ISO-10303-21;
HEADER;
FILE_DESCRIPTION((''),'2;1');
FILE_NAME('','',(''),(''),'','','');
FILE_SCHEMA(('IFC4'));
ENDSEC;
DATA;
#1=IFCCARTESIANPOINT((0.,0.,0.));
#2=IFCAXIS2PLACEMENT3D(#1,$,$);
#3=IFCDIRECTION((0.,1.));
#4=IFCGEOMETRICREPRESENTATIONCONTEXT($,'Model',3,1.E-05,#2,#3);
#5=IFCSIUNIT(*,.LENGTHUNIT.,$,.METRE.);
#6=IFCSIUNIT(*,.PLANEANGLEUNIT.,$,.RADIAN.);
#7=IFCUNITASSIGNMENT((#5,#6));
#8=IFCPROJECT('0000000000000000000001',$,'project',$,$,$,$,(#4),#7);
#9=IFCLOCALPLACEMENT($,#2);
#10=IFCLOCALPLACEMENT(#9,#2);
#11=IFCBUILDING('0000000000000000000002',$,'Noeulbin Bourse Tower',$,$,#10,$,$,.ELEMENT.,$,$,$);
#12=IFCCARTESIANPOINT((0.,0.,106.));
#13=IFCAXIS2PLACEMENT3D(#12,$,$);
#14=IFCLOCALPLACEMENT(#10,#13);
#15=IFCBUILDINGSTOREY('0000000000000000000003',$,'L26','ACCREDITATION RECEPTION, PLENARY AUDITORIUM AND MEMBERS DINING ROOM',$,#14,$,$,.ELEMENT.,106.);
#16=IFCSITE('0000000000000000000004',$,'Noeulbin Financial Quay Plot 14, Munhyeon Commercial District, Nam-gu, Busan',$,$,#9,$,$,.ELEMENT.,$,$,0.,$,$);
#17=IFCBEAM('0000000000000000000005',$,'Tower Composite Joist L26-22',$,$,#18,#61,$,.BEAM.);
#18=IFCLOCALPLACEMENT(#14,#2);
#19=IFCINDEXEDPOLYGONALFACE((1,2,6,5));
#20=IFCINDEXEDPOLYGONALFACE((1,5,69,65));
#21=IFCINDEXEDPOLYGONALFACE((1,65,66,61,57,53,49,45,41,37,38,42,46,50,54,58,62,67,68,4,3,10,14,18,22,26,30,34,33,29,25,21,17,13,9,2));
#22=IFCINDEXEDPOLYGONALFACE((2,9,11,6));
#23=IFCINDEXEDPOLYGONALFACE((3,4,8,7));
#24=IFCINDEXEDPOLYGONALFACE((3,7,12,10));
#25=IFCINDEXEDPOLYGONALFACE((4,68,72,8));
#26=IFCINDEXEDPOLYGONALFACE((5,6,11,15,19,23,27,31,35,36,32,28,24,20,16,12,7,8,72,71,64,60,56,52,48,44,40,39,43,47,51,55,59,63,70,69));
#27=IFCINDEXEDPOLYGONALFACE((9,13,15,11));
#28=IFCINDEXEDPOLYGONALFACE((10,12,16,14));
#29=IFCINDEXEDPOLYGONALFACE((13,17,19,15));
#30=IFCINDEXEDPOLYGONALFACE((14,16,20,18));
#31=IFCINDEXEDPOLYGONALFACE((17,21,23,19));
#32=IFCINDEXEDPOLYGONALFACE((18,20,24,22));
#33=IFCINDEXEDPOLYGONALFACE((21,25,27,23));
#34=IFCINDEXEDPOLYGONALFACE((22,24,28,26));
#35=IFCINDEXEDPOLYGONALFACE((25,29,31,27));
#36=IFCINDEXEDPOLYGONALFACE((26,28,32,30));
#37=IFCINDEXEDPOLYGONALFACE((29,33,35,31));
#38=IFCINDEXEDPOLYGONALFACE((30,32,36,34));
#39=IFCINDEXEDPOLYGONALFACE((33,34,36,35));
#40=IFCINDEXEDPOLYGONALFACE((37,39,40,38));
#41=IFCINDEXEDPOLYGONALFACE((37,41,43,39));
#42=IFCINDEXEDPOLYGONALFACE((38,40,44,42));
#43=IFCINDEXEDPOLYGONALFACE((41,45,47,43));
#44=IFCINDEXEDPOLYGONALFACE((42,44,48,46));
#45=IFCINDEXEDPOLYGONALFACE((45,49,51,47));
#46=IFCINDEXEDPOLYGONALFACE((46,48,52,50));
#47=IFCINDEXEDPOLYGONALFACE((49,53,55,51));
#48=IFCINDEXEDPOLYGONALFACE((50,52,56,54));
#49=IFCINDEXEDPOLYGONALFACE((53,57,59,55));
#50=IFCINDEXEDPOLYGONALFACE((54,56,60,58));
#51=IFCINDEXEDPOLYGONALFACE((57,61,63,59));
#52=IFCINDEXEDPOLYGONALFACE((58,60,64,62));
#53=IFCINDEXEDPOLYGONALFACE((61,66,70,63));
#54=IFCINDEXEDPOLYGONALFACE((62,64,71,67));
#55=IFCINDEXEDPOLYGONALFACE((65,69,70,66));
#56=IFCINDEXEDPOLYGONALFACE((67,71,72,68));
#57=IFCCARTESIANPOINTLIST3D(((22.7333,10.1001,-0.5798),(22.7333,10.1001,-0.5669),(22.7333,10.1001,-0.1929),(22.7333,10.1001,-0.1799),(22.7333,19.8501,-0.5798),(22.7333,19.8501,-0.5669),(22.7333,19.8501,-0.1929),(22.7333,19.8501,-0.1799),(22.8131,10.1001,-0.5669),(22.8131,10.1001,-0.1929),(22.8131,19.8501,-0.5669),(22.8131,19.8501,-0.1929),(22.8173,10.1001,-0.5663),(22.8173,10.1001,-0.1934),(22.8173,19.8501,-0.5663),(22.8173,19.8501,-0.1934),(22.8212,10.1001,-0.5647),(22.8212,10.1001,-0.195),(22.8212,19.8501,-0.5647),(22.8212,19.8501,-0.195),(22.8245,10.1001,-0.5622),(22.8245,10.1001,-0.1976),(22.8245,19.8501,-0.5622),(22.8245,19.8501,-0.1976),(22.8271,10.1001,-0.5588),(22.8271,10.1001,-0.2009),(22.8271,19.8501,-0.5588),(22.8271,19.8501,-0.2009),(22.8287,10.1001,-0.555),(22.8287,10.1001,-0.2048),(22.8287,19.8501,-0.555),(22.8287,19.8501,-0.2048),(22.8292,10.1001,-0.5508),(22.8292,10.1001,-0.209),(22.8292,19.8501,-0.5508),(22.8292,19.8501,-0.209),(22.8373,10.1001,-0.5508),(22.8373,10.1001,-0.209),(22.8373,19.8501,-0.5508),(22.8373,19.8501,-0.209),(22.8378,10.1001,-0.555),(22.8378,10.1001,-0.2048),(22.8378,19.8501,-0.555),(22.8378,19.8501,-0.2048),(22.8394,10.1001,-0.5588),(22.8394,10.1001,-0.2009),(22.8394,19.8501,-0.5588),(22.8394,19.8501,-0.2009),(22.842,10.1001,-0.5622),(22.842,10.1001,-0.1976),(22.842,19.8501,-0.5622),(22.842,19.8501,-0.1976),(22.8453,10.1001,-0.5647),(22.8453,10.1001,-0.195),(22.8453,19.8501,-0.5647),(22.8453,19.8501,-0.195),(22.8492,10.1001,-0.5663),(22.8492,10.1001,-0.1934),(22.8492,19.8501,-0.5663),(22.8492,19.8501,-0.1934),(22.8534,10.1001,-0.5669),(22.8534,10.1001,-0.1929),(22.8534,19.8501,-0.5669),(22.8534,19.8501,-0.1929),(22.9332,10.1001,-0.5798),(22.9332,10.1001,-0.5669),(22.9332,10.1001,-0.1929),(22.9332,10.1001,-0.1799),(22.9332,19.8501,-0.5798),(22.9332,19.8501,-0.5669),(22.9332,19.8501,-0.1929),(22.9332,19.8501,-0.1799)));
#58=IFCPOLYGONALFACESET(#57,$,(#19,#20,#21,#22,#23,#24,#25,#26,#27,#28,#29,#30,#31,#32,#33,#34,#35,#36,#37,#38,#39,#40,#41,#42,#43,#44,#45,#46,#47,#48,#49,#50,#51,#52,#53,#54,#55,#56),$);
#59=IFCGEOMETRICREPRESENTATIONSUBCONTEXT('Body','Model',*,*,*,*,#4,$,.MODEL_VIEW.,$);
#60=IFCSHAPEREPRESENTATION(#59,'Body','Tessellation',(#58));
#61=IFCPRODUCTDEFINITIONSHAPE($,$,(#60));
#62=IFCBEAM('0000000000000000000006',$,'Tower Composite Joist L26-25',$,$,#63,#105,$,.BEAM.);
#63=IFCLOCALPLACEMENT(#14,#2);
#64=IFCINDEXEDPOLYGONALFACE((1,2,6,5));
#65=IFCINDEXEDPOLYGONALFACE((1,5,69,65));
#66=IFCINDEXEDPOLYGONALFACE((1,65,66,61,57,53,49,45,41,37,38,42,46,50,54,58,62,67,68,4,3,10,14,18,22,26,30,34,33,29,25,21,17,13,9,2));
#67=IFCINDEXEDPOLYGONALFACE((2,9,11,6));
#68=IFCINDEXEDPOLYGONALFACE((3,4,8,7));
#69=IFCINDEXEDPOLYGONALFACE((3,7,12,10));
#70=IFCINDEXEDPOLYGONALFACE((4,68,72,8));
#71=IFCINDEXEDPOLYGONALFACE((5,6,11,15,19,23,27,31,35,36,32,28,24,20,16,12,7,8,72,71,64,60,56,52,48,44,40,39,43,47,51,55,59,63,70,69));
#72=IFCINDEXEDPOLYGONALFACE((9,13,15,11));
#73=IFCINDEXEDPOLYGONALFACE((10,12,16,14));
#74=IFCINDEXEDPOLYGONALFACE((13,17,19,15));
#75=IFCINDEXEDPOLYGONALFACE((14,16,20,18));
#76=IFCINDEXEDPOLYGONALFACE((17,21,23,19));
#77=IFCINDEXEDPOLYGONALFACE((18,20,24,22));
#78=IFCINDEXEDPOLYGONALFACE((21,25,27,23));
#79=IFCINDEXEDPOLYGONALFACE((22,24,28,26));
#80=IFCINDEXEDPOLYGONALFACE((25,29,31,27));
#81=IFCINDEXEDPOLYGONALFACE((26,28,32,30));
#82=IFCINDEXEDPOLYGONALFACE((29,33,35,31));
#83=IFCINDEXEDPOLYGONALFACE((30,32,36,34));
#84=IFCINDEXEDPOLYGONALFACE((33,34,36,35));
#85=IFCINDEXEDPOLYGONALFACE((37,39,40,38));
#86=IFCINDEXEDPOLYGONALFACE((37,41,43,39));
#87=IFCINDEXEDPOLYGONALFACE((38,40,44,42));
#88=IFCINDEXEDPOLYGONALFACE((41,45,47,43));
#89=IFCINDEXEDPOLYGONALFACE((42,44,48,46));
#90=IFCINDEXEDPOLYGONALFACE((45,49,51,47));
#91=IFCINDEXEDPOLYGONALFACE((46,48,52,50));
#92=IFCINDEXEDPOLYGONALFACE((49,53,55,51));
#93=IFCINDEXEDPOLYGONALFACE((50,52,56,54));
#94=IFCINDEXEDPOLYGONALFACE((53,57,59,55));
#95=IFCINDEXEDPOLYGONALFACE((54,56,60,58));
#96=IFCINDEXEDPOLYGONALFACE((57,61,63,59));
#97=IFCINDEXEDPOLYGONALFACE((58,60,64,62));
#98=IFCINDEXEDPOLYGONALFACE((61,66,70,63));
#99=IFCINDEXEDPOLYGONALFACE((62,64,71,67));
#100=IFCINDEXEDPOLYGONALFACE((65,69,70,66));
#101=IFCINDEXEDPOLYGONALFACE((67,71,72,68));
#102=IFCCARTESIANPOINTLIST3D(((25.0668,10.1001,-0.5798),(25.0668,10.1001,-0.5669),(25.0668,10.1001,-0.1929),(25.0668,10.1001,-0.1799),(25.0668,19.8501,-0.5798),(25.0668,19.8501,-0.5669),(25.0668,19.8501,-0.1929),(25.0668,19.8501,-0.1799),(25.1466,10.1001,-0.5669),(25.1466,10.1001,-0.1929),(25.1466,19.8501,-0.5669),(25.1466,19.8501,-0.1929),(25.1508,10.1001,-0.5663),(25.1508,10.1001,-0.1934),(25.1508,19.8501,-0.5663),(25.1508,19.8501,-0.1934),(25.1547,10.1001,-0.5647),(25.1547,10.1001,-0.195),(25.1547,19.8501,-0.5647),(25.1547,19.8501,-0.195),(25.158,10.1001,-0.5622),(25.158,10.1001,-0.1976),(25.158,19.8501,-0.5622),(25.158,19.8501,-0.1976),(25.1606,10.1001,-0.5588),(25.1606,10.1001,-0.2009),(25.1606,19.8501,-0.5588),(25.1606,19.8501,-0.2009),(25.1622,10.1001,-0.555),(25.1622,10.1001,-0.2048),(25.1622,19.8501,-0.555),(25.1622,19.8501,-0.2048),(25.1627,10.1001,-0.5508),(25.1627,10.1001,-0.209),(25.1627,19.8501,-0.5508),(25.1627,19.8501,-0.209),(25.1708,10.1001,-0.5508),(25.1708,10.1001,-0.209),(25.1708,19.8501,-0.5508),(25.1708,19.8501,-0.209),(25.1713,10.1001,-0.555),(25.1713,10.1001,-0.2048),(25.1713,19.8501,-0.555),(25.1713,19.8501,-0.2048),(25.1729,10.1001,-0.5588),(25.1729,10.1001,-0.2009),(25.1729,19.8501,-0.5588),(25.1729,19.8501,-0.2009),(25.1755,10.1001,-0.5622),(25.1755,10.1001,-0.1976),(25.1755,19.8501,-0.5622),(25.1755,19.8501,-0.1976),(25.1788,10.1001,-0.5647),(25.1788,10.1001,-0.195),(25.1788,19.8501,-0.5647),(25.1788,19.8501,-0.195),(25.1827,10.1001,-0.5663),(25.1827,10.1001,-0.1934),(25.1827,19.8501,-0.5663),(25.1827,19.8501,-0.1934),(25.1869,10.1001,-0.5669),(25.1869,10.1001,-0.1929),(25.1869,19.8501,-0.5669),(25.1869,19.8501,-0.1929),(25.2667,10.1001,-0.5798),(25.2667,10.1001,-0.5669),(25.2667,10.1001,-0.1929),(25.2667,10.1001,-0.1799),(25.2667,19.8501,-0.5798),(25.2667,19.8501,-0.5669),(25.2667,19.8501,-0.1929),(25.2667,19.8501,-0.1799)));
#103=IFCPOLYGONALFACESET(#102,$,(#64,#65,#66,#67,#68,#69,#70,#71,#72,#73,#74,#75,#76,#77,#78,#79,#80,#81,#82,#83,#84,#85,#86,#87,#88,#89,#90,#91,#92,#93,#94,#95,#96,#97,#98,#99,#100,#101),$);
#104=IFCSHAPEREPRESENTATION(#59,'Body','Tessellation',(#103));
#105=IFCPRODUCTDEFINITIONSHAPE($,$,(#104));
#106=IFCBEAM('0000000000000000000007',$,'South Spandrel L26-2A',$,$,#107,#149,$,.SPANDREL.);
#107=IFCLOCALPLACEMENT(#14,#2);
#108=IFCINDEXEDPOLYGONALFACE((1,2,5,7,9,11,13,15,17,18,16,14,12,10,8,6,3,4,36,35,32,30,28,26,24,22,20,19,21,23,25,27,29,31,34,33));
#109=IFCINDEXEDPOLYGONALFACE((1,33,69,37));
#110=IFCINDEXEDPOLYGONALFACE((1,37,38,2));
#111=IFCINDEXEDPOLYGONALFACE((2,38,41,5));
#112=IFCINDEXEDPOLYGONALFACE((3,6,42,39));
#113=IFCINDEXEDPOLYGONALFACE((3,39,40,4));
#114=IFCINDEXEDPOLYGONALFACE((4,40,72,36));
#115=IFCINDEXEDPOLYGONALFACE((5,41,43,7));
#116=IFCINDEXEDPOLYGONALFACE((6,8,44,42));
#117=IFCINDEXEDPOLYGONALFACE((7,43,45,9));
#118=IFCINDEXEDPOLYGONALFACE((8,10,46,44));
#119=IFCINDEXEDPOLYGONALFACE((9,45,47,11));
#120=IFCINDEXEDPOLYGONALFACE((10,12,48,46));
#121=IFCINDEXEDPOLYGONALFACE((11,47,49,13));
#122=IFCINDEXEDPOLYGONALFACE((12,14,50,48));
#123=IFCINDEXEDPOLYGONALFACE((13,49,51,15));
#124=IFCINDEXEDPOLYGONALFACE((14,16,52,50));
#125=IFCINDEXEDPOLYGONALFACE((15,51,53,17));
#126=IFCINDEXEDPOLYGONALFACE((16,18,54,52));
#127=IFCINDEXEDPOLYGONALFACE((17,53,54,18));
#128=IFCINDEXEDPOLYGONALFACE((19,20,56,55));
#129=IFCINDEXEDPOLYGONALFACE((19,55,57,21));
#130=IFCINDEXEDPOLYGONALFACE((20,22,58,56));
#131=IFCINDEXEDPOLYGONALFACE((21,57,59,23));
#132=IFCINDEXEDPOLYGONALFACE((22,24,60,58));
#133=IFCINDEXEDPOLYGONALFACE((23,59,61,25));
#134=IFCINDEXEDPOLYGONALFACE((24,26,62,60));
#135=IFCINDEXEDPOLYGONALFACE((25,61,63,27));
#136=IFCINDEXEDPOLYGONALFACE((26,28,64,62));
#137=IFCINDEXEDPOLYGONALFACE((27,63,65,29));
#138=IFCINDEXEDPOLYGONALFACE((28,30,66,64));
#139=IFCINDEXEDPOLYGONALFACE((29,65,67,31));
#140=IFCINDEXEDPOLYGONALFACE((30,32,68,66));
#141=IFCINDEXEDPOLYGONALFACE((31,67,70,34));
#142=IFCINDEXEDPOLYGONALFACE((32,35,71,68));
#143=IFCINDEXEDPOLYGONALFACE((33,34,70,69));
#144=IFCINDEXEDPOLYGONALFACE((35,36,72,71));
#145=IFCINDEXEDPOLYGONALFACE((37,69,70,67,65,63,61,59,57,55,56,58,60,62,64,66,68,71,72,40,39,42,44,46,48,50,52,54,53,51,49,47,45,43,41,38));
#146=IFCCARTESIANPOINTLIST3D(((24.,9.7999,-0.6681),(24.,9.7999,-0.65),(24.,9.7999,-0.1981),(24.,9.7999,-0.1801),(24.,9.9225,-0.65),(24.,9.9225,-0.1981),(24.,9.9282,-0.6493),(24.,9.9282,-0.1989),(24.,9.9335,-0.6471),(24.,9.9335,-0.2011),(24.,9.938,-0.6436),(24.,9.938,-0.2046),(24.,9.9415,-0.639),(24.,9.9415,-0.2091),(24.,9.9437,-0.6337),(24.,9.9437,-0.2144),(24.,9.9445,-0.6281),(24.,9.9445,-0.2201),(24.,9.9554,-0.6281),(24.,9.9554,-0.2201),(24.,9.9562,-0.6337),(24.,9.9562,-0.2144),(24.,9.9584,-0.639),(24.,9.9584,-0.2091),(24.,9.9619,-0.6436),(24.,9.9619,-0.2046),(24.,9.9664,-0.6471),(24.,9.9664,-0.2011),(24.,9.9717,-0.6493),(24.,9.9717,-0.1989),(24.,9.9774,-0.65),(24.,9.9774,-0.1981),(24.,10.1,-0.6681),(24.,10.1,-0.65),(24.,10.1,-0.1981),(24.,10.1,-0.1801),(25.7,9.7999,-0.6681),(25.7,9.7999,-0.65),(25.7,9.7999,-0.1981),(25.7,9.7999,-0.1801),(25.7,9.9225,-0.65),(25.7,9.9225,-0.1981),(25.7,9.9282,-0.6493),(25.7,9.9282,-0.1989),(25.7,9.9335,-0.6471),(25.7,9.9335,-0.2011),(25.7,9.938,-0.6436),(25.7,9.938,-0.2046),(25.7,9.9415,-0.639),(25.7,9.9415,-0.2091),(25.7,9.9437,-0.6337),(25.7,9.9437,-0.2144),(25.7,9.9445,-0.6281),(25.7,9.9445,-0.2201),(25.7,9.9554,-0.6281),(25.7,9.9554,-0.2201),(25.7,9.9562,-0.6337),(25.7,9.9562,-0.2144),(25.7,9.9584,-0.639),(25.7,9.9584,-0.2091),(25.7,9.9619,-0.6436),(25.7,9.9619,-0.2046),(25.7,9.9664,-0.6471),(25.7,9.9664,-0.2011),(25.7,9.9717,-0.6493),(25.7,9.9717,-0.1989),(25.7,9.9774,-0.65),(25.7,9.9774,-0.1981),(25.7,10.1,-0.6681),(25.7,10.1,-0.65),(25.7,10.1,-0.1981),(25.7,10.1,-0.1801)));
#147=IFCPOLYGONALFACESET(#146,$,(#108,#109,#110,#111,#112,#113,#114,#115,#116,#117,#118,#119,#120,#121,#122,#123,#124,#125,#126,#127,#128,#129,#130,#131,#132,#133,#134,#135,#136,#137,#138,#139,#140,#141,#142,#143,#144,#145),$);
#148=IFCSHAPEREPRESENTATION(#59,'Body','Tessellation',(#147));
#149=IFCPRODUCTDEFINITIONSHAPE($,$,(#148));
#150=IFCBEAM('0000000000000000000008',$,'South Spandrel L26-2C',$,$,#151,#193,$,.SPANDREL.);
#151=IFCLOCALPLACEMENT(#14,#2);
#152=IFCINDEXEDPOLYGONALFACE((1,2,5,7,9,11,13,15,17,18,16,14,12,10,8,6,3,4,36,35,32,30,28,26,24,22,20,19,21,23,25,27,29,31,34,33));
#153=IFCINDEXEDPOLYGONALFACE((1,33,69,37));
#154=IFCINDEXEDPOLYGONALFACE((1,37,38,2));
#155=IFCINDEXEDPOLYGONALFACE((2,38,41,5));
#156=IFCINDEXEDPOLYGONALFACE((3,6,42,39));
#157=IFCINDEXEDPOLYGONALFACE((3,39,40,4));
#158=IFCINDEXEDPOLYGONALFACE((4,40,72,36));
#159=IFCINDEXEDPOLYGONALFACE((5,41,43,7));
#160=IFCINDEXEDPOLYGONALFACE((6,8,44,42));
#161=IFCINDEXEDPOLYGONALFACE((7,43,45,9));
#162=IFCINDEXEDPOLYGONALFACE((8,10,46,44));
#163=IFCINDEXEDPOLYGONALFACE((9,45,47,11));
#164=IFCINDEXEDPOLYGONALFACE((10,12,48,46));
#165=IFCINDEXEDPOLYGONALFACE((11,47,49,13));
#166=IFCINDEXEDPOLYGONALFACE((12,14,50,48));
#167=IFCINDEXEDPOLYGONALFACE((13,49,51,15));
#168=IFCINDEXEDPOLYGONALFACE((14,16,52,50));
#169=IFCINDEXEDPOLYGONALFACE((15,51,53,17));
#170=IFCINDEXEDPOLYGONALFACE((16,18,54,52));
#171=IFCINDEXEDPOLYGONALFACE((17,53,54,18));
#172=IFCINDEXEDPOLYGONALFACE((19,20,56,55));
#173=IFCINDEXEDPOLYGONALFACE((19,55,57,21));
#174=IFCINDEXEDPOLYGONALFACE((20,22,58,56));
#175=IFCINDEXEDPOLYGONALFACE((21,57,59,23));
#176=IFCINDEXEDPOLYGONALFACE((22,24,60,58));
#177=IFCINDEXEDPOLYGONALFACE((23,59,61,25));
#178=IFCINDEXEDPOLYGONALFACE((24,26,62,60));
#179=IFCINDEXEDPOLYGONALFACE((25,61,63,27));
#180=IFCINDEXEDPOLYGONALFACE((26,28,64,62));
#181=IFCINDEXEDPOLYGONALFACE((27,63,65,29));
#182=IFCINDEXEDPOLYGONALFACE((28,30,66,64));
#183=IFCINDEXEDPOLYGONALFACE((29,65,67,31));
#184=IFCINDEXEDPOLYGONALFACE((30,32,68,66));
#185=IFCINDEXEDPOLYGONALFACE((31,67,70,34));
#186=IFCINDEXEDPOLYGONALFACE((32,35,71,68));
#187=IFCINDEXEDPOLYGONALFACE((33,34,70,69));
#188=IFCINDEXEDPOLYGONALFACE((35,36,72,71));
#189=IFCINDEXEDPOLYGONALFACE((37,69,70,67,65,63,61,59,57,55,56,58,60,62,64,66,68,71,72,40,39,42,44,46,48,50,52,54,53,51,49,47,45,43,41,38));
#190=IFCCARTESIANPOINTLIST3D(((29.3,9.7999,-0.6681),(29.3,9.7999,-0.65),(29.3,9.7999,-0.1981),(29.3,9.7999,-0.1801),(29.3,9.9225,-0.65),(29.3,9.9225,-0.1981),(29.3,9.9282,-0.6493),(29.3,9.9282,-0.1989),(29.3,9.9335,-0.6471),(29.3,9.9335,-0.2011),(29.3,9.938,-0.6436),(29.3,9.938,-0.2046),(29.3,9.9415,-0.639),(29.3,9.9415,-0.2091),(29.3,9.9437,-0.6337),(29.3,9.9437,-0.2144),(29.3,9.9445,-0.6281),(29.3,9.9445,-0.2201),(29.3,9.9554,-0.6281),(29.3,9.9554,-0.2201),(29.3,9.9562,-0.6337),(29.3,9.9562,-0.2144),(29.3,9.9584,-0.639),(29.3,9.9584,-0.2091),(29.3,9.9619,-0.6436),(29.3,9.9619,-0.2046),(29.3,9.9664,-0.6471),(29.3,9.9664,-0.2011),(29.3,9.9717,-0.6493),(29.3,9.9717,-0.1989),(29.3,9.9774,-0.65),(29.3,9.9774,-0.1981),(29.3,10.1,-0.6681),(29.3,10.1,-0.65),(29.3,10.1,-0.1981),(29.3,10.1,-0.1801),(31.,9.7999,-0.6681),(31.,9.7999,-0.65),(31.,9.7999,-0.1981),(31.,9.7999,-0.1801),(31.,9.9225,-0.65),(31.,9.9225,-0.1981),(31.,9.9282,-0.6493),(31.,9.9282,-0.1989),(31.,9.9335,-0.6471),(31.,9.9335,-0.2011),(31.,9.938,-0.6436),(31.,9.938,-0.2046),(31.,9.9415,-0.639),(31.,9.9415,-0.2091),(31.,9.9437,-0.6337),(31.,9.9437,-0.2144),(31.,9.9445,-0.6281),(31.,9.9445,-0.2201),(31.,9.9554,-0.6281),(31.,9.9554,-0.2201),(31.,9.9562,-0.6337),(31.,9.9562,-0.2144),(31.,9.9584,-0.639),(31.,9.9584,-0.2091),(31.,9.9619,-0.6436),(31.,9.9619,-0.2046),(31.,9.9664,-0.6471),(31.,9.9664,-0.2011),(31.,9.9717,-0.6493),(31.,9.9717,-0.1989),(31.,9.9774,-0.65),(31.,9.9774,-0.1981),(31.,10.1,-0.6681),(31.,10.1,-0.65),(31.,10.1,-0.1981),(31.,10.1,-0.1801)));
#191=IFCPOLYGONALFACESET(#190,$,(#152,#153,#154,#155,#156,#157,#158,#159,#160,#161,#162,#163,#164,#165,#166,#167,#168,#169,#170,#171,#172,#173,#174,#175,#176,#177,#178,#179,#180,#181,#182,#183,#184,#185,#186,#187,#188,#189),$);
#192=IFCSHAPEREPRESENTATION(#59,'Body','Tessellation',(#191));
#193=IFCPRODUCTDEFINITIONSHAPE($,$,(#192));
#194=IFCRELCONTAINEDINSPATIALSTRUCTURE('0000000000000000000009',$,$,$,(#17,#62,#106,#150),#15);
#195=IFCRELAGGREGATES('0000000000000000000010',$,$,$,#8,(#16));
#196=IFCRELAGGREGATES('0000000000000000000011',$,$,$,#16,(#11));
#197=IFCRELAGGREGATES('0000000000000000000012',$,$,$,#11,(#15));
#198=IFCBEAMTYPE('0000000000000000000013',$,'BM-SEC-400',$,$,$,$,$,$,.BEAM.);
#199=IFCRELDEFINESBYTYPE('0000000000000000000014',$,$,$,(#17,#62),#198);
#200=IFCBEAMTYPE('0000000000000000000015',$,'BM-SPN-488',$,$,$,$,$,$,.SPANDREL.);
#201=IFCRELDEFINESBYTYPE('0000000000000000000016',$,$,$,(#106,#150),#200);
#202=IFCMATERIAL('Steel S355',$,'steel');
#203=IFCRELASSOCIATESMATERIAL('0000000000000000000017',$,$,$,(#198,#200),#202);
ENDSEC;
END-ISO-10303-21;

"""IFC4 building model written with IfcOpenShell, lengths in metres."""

from ifc_helpers import new_model, si_unit, direction, frame, origin, origin_2d, place, context, subcontext, project, spatial, i_section, extrude, material, material_profile, profile_set, type_object, element, save


model = new_model("IFC4")

# Units and contexts
model_context = context("Model", 3, precision=1e-05, world=origin(), true_north=direction((0.0, 1.0)))
body_context = subcontext(model_context, "Body", "Model", "MODEL_VIEW")
ifc_project = project(units=[si_unit("LENGTHUNIT", "METRE"), si_unit("PLANEANGLEUNIT", "RADIAN")], contexts=[model_context])

# Site, building, storey
site_placement = place(None, origin())
site = spatial("IfcSite", under=ifc_project, at=site_placement, Name="Noeulbin Financial Quay Plot 14, Munhyeon Commercial District, Nam-gu, Busan", CompositionType="ELEMENT", RefElevation=0.0)
building_placement = place(site_placement, origin())
building = spatial("IfcBuilding", under=site, at=building_placement, Name="Noeulbin Bourse Tower", CompositionType="ELEMENT")
storey_placement = place(building_placement, frame((0.0, 0.0, 106.0)))
storey = spatial("IfcBuildingStorey", under=building, at=storey_placement, Name="L26", Description="ACCREDITATION RECEPTION, PLENARY AUDITORIUM AND MEMBERS DINING ROOM", CompositionType="ELEMENT", Elevation=106.0)

# Shared definitions
ifc_material_1 = material(Name="Steel S355", Category="steel")

# Beams
ifc_material_profile_1 = material_profile(ifc_material_1, i_section(OverallWidth=0.2, OverallDepth=0.3999, WebThickness=0.0081, FlangeThickness=0.0129, FilletRadius=0.0161, at=origin_2d()), Name="H-400x200x8x13", Category="LoadBearing")
ifc_profile_set_1 = profile_set([ifc_material_profile_1], Name="Steel S355")
beam_type_1 = type_object("IfcBeamType", Name="BM-SEC-400", PredefinedType="BEAM", material=ifc_profile_set_1)
for number, where, z_axis, x_axis, name in (
    (1, (22.8333, 10.1001, -0.3799), (0.0, 1.0, 0.0), (-1.0, 0.0, 0.0), "Tower Composite Joist L26-22"),
    (2, (25.1667, 10.1001, -0.3799), (0.0, 1.0, 0.0), (-1.0, 0.0, 0.0), "Tower Composite Joist L26-25"),
):
    element("IfcBeam", number, at=place(storey_placement, frame(where, z_axis=z_axis, x_axis=x_axis)), inside=storey, type_object=beam_type_1, Name=name, PredefinedType="BEAM", context=body_context, shape_type="SweptSolid", body=[
        extrude(i_section(OverallWidth=0.2, OverallDepth=0.3999, WebThickness=0.0081, FlangeThickness=0.0129, FilletRadius=0.0161, at=origin_2d()), origin(), (0.0, 0.0, 1.0), 9.75),
    ])
ifc_material_profile_2 = material_profile(ifc_material_1, i_section(OverallWidth=0.3, OverallDepth=0.488, WebThickness=0.011, FlangeThickness=0.0181, FilletRadius=0.022, at=origin_2d()), Name="H-488x300x11x18", Category="LoadBearing")
ifc_profile_set_2 = profile_set([ifc_material_profile_2], Name="Steel S355")
beam_type_2 = type_object("IfcBeamType", Name="BM-SPN-488", PredefinedType="SPANDREL", material=ifc_profile_set_2)
for number, where, z_axis, x_axis, name in (
    (3, (24.0, 9.95, -0.4241), (1.0, 0.0, 0.0), (0.0, 1.0, 0.0), "South Spandrel L26-2A"),
    (4, (29.3, 9.95, -0.4241), (1.0, 0.0, 0.0), (0.0, 1.0, 0.0), "South Spandrel L26-2C"),
):
    element("IfcBeam", number, at=place(storey_placement, frame(where, z_axis=z_axis, x_axis=x_axis)), inside=storey, type_object=beam_type_2, Name=name, PredefinedType="SPANDREL", context=body_context, shape_type="SweptSolid", body=[
        extrude(i_section(OverallWidth=0.3, OverallDepth=0.488, WebThickness=0.011, FlangeThickness=0.0181, FilletRadius=0.022, at=origin_2d()), origin(), (0.0, 0.0, 1.0), 1.7),
    ])

save(model, "model.ifc")
